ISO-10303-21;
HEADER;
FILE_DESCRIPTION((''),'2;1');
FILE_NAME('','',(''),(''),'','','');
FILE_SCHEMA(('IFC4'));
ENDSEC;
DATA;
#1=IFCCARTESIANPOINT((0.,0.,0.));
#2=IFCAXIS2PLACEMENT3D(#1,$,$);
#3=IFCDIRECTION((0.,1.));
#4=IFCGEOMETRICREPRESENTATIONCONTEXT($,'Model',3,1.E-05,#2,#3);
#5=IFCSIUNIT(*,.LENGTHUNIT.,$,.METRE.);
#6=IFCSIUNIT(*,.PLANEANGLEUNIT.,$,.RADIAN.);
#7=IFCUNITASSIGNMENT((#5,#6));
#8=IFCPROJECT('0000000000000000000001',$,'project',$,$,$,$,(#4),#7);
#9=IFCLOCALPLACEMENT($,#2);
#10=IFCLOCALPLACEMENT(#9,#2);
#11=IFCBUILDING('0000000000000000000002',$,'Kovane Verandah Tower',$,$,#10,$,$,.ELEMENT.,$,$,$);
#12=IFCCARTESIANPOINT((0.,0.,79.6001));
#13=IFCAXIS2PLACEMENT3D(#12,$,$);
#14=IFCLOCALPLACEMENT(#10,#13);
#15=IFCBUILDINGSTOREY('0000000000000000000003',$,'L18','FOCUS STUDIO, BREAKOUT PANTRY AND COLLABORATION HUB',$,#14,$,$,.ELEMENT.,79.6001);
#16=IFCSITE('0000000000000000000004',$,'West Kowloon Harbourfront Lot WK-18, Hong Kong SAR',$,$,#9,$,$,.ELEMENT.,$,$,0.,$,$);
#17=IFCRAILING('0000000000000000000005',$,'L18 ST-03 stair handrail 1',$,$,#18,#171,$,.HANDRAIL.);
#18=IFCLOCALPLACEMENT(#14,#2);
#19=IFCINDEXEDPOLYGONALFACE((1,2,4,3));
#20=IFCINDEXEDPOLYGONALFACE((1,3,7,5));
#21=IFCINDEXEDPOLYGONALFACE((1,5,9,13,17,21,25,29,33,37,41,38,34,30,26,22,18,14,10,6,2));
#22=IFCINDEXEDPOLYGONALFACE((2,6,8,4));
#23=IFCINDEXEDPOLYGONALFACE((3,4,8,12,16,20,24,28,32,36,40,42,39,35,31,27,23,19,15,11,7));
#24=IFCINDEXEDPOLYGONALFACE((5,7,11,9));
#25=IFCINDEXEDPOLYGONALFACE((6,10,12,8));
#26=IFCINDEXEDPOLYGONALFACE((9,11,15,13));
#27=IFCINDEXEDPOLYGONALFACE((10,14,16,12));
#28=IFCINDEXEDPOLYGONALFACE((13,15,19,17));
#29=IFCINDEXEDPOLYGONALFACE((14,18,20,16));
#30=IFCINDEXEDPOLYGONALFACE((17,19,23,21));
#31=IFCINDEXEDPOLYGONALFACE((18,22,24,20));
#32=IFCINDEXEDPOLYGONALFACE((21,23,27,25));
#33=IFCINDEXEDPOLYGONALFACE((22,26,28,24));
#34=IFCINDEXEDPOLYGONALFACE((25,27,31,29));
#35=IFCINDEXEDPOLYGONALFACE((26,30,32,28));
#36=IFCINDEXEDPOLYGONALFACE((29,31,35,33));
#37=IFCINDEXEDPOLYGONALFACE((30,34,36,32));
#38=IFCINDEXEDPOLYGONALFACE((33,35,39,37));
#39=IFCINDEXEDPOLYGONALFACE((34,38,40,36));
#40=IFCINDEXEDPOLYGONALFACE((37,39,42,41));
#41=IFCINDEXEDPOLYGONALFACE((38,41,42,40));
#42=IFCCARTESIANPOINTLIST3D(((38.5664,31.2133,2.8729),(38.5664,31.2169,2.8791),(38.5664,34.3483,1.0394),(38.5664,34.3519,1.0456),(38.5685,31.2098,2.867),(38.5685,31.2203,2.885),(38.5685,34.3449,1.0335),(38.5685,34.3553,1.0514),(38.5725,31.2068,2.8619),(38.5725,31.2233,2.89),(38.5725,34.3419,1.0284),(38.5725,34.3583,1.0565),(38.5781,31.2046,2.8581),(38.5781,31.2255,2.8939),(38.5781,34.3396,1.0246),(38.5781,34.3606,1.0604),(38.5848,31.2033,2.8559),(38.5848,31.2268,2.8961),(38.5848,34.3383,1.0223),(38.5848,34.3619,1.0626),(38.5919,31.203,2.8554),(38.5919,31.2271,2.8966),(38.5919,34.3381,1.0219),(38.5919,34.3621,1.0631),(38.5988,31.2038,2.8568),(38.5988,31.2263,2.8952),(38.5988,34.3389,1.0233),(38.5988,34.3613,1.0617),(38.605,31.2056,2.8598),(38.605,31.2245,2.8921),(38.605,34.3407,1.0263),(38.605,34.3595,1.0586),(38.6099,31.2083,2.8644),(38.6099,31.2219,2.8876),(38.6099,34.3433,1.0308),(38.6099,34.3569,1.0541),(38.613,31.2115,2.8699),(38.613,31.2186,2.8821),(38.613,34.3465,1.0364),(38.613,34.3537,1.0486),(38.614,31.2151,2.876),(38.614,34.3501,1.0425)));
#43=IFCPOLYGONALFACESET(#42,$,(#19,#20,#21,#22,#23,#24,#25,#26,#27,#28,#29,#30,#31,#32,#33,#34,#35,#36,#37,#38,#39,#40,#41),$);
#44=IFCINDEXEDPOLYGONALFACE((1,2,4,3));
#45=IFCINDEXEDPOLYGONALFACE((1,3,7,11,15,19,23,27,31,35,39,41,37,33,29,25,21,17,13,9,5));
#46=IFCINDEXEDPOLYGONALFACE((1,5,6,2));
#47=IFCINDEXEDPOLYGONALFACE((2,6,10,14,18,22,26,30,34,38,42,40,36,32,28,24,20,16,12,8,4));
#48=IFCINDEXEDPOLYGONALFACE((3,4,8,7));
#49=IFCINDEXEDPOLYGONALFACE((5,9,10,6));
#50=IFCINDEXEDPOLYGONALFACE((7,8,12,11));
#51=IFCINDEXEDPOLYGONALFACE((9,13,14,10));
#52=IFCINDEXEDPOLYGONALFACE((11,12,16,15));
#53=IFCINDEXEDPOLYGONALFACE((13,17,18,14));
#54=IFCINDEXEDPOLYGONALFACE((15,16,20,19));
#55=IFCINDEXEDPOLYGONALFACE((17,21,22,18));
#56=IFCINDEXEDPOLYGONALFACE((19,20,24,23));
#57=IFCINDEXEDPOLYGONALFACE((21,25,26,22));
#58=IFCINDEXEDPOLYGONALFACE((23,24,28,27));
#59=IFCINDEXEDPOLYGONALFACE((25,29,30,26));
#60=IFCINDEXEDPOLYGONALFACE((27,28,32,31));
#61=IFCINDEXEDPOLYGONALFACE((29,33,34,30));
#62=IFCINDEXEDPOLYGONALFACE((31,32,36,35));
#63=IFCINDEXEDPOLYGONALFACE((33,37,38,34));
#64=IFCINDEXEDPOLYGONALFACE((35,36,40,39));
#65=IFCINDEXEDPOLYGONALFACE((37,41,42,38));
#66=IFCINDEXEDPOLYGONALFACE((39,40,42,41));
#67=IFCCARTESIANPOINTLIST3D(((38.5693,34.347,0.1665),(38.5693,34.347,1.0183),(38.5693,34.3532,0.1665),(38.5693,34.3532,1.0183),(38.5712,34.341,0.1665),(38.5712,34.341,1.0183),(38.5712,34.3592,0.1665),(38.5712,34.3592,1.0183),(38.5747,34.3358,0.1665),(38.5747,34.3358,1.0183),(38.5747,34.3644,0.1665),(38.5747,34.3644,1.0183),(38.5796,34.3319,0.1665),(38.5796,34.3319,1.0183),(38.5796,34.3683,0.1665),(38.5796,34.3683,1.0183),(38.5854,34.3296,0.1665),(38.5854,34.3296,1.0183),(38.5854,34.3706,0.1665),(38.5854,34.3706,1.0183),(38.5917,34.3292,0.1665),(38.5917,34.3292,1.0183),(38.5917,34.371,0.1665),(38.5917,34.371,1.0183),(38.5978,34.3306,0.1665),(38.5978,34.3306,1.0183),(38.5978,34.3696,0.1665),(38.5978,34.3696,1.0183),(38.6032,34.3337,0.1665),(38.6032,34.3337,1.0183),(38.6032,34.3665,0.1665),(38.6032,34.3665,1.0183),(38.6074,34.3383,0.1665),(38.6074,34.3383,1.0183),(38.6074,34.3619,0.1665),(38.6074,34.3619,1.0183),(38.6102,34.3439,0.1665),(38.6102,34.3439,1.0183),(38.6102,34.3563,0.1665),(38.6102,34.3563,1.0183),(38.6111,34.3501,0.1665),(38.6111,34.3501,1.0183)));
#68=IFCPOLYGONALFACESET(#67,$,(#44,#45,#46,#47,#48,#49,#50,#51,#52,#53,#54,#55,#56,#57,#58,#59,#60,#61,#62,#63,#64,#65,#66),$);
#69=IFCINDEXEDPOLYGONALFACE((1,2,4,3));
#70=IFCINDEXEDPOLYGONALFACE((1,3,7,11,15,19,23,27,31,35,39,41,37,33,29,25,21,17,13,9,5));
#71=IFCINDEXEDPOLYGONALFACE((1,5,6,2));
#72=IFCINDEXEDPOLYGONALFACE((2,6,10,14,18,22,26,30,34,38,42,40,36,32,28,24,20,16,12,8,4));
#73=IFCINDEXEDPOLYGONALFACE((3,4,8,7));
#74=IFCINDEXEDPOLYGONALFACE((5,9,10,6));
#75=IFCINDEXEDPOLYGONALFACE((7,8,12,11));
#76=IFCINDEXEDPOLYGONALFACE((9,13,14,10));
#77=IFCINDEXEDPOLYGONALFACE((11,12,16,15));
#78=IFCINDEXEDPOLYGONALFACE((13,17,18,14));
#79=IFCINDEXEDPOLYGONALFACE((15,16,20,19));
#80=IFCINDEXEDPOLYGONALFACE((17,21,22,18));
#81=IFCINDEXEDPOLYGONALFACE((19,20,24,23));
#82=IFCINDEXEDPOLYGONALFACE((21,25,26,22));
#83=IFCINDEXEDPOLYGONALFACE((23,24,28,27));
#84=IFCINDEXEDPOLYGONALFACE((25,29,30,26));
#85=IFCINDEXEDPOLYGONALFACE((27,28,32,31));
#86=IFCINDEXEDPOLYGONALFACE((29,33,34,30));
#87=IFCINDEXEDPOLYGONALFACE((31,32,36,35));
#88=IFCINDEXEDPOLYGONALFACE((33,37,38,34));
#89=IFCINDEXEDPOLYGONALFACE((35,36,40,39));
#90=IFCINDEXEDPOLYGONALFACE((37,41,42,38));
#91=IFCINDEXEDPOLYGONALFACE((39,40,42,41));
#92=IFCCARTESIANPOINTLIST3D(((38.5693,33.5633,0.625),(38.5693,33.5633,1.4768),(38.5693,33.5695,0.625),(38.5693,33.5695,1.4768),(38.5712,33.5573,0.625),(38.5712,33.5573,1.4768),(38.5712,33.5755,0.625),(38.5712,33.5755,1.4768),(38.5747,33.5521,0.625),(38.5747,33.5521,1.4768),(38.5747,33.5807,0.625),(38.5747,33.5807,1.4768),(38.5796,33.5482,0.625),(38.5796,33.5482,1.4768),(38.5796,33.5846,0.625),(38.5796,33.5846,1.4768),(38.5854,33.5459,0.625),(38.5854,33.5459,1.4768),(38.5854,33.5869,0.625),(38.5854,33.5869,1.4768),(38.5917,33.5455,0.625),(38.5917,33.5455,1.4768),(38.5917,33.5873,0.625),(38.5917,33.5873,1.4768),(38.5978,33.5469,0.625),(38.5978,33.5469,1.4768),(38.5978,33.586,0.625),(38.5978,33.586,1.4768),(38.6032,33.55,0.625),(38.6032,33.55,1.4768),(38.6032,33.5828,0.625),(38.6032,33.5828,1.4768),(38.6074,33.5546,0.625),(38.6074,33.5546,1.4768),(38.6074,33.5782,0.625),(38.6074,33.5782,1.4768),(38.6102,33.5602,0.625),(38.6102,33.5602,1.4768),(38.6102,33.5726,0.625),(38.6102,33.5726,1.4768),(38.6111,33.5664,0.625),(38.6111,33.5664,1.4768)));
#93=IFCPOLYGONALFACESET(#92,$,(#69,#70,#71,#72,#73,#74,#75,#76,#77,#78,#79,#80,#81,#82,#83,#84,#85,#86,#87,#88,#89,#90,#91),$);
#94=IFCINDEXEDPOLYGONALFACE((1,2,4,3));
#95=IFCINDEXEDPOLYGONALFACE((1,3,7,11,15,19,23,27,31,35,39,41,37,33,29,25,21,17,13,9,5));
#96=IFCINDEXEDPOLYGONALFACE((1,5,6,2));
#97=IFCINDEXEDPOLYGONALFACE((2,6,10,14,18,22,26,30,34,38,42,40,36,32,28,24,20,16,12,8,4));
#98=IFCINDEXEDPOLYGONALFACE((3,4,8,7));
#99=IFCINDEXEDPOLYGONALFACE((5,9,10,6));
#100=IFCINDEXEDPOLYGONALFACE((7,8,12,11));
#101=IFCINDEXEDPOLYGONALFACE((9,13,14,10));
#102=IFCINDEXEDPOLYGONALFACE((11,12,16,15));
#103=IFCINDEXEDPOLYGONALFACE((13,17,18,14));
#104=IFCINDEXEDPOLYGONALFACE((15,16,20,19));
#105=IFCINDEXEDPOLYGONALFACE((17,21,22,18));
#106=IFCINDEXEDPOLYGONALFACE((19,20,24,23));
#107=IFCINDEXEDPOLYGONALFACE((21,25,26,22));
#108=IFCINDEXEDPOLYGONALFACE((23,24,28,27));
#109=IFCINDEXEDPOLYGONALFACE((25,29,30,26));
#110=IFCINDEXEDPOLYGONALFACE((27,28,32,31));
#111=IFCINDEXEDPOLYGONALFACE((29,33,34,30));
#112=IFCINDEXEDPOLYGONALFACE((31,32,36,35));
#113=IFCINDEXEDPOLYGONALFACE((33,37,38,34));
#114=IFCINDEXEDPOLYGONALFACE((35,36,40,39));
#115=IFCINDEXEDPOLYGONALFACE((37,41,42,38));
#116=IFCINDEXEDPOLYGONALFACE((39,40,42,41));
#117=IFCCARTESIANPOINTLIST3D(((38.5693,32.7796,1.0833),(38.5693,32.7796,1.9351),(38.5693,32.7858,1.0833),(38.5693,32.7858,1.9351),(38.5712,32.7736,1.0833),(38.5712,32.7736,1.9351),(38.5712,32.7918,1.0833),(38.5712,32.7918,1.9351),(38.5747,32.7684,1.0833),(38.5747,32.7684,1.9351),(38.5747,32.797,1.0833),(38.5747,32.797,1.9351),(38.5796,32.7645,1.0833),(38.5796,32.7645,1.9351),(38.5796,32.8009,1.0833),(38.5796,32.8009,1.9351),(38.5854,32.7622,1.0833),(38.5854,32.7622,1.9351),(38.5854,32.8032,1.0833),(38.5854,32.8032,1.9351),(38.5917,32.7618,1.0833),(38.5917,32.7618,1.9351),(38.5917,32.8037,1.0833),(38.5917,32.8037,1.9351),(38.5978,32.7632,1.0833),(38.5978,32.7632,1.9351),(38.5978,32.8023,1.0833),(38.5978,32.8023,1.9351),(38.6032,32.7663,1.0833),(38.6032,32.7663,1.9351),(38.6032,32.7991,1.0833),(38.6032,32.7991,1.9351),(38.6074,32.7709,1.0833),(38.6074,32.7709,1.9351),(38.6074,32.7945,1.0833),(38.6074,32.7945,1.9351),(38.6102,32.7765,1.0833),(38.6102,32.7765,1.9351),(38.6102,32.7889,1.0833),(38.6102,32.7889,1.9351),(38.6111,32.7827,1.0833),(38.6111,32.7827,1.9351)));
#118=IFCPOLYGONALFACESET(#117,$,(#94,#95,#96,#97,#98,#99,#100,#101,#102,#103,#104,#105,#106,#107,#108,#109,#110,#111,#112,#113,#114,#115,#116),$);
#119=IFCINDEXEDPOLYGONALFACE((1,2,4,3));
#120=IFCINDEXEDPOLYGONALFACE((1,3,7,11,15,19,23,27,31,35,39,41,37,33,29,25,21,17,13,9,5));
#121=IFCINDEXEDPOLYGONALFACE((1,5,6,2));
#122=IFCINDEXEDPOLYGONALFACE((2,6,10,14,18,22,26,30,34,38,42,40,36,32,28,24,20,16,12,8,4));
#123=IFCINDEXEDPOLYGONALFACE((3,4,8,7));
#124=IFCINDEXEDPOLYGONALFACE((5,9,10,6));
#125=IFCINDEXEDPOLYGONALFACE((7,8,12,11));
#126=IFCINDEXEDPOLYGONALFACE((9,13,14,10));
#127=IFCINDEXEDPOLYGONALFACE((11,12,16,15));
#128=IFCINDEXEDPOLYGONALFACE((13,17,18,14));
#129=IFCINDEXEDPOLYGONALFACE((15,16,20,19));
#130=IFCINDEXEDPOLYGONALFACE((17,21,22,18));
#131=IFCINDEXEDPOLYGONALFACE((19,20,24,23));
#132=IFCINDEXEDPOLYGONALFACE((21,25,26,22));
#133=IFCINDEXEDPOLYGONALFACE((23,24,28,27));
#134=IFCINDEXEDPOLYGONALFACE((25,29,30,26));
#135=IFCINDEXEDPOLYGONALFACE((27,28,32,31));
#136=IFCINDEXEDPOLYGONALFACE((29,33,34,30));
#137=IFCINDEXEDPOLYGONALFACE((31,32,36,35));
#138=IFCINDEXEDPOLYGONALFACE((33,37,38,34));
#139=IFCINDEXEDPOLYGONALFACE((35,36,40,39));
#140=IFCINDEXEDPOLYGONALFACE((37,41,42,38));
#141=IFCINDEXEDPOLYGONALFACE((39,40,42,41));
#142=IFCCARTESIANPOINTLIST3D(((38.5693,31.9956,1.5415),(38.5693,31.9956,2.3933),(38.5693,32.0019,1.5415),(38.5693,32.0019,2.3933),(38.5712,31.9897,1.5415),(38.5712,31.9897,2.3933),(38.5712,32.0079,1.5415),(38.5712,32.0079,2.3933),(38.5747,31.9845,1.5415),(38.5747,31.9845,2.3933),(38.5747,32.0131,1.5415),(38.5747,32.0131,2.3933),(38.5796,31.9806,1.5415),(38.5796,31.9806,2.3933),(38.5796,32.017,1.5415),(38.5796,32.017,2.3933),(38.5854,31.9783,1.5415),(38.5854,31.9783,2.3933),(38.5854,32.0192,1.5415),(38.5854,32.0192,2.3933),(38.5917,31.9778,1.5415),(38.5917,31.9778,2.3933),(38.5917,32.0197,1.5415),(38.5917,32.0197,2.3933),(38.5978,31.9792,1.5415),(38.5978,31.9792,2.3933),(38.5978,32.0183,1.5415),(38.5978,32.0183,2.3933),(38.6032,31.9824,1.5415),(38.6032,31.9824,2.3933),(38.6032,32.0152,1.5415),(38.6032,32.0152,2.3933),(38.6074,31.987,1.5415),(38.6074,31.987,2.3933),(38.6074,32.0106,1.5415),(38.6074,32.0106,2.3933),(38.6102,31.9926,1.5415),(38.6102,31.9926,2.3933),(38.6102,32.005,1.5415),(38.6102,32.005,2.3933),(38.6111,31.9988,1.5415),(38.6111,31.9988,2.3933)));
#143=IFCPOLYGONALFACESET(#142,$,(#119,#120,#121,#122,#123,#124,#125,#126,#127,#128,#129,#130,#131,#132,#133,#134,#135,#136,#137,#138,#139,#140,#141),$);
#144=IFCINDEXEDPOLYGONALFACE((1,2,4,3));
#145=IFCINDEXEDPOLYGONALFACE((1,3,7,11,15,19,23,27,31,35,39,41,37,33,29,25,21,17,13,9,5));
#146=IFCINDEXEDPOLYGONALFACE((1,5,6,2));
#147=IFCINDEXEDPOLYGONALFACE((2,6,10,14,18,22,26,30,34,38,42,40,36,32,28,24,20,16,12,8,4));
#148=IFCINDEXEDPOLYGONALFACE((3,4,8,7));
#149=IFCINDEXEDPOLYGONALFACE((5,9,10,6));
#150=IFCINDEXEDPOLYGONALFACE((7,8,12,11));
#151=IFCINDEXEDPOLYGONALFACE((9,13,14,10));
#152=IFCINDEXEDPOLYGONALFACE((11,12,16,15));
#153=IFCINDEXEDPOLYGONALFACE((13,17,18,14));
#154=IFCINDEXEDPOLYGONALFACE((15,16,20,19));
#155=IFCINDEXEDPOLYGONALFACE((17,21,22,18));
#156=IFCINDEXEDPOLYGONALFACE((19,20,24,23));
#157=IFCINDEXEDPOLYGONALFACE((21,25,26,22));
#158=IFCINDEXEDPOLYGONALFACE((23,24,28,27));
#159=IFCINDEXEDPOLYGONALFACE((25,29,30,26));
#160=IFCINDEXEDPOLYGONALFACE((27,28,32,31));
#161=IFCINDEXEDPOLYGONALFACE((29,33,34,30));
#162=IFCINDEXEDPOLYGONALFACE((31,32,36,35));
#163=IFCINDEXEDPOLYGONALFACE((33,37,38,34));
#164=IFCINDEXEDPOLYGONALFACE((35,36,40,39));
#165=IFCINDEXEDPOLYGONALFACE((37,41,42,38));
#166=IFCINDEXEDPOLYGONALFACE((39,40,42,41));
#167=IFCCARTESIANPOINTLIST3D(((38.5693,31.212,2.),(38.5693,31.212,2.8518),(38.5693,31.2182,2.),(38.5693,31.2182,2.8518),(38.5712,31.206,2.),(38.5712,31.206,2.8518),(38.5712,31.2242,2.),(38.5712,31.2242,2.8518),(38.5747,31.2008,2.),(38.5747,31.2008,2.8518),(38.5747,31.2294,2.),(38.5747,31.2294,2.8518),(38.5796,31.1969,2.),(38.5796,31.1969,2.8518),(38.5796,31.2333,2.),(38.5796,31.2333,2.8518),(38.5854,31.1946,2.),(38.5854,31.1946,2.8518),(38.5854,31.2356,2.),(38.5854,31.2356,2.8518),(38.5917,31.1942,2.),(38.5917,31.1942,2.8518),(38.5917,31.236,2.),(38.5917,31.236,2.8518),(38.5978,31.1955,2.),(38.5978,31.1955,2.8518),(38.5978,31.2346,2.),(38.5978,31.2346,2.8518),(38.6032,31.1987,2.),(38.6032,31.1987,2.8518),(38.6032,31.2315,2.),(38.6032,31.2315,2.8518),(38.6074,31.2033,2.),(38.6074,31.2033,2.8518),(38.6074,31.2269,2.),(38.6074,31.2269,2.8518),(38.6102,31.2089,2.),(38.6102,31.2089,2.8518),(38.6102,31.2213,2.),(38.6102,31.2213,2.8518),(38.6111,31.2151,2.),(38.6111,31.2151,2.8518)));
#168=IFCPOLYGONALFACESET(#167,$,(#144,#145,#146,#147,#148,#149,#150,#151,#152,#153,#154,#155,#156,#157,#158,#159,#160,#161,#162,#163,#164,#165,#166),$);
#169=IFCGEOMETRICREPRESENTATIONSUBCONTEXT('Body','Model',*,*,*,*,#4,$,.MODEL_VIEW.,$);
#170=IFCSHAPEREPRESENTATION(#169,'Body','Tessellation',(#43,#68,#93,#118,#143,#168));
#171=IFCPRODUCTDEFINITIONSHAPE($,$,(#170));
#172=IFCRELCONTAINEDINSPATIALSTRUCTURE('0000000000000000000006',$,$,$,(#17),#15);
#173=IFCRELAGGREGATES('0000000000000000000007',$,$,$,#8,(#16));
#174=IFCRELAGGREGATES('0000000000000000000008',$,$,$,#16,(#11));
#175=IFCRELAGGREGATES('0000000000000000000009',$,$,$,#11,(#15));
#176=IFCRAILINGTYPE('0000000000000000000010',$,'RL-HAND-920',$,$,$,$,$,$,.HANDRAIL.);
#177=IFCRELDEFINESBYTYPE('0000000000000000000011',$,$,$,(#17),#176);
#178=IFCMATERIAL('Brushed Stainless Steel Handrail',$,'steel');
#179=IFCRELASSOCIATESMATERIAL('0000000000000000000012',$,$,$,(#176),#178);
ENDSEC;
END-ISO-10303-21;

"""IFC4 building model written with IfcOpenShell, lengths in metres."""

from ifc_helpers import new_model, si_unit, direction, frame, origin, origin_2d, place, context, subcontext, project, spatial, circle, extrude, material, type_object, element, save


model = new_model("IFC4")

# Units and contexts
model_context = context("Model", 3, precision=1e-05, world=origin(), true_north=direction((0.0, 1.0)))
body_context = subcontext(model_context, "Body", "Model", "MODEL_VIEW")
ifc_project = project(units=[si_unit("LENGTHUNIT", "METRE"), si_unit("PLANEANGLEUNIT", "RADIAN")], contexts=[model_context])

# Site, building, storey
site_placement = place(None, origin())
site = spatial("IfcSite", under=ifc_project, at=site_placement, Name="West Kowloon Harbourfront Lot WK-18, Hong Kong SAR", CompositionType="ELEMENT", RefElevation=0.0)
building_placement = place(site_placement, origin())
building = spatial("IfcBuilding", under=site, at=building_placement, Name="Kovane Verandah Tower", CompositionType="ELEMENT")
storey_placement = place(building_placement, frame((0.0, 0.0, 79.6001)))
storey = spatial("IfcBuildingStorey", under=building, at=storey_placement, Name="L18", Description="FOCUS STUDIO, BREAKOUT PANTRY AND COLLABORATION HUB", CompositionType="ELEMENT", Elevation=79.6001)

# Railing
ifc_material_1 = material(Name="Brushed Stainless Steel Handrail", Category="steel")
railing_type_1 = type_object("IfcRailingType", Name="RL-HAND-920", PredefinedType="HANDRAIL", material=ifc_material_1)
railing_1_placement = place(storey_placement, frame((38.5901, 34.3501, 0.1665)))
element("IfcRailing", 1, at=railing_1_placement, inside=storey, type_object=railing_type_1, Name="L18 ST-03 stair handrail 1", PredefinedType="HANDRAIL", context=body_context, shape_type="SweptSolid", body=[
    extrude(circle(Radius=0.0239, at=origin_2d()), frame((0.0, 0.0, 0.876), z_axis=(0.0, -0.86321, 0.504845), x_axis=(1.0, 0.0, 0.0)), (0.0, 0.0, 1.0), 3.6318),
    extrude(circle(Radius=0.021, at=origin_2d()), origin(), (0.0, 0.0, 1.0), 0.8518),
    extrude(circle(Radius=0.021, at=origin_2d()), frame((0.0, -0.7837, 0.4585)), (0.0, 0.0, 1.0), 0.8518),
    extrude(circle(Radius=0.021, at=origin_2d()), frame((0.0, -1.5674, 0.9167)), (0.0, 0.0, 1.0), 0.8518),
    extrude(circle(Radius=0.021, at=origin_2d()), frame((0.0, -2.3513, 1.375)), (0.0, 0.0, 1.0), 0.8518),
    extrude(circle(Radius=0.021, at=origin_2d()), frame((0.0, -3.135, 1.8335)), (0.0, 0.0, 1.0), 0.8518),
])

save(model, "model.ifc")
